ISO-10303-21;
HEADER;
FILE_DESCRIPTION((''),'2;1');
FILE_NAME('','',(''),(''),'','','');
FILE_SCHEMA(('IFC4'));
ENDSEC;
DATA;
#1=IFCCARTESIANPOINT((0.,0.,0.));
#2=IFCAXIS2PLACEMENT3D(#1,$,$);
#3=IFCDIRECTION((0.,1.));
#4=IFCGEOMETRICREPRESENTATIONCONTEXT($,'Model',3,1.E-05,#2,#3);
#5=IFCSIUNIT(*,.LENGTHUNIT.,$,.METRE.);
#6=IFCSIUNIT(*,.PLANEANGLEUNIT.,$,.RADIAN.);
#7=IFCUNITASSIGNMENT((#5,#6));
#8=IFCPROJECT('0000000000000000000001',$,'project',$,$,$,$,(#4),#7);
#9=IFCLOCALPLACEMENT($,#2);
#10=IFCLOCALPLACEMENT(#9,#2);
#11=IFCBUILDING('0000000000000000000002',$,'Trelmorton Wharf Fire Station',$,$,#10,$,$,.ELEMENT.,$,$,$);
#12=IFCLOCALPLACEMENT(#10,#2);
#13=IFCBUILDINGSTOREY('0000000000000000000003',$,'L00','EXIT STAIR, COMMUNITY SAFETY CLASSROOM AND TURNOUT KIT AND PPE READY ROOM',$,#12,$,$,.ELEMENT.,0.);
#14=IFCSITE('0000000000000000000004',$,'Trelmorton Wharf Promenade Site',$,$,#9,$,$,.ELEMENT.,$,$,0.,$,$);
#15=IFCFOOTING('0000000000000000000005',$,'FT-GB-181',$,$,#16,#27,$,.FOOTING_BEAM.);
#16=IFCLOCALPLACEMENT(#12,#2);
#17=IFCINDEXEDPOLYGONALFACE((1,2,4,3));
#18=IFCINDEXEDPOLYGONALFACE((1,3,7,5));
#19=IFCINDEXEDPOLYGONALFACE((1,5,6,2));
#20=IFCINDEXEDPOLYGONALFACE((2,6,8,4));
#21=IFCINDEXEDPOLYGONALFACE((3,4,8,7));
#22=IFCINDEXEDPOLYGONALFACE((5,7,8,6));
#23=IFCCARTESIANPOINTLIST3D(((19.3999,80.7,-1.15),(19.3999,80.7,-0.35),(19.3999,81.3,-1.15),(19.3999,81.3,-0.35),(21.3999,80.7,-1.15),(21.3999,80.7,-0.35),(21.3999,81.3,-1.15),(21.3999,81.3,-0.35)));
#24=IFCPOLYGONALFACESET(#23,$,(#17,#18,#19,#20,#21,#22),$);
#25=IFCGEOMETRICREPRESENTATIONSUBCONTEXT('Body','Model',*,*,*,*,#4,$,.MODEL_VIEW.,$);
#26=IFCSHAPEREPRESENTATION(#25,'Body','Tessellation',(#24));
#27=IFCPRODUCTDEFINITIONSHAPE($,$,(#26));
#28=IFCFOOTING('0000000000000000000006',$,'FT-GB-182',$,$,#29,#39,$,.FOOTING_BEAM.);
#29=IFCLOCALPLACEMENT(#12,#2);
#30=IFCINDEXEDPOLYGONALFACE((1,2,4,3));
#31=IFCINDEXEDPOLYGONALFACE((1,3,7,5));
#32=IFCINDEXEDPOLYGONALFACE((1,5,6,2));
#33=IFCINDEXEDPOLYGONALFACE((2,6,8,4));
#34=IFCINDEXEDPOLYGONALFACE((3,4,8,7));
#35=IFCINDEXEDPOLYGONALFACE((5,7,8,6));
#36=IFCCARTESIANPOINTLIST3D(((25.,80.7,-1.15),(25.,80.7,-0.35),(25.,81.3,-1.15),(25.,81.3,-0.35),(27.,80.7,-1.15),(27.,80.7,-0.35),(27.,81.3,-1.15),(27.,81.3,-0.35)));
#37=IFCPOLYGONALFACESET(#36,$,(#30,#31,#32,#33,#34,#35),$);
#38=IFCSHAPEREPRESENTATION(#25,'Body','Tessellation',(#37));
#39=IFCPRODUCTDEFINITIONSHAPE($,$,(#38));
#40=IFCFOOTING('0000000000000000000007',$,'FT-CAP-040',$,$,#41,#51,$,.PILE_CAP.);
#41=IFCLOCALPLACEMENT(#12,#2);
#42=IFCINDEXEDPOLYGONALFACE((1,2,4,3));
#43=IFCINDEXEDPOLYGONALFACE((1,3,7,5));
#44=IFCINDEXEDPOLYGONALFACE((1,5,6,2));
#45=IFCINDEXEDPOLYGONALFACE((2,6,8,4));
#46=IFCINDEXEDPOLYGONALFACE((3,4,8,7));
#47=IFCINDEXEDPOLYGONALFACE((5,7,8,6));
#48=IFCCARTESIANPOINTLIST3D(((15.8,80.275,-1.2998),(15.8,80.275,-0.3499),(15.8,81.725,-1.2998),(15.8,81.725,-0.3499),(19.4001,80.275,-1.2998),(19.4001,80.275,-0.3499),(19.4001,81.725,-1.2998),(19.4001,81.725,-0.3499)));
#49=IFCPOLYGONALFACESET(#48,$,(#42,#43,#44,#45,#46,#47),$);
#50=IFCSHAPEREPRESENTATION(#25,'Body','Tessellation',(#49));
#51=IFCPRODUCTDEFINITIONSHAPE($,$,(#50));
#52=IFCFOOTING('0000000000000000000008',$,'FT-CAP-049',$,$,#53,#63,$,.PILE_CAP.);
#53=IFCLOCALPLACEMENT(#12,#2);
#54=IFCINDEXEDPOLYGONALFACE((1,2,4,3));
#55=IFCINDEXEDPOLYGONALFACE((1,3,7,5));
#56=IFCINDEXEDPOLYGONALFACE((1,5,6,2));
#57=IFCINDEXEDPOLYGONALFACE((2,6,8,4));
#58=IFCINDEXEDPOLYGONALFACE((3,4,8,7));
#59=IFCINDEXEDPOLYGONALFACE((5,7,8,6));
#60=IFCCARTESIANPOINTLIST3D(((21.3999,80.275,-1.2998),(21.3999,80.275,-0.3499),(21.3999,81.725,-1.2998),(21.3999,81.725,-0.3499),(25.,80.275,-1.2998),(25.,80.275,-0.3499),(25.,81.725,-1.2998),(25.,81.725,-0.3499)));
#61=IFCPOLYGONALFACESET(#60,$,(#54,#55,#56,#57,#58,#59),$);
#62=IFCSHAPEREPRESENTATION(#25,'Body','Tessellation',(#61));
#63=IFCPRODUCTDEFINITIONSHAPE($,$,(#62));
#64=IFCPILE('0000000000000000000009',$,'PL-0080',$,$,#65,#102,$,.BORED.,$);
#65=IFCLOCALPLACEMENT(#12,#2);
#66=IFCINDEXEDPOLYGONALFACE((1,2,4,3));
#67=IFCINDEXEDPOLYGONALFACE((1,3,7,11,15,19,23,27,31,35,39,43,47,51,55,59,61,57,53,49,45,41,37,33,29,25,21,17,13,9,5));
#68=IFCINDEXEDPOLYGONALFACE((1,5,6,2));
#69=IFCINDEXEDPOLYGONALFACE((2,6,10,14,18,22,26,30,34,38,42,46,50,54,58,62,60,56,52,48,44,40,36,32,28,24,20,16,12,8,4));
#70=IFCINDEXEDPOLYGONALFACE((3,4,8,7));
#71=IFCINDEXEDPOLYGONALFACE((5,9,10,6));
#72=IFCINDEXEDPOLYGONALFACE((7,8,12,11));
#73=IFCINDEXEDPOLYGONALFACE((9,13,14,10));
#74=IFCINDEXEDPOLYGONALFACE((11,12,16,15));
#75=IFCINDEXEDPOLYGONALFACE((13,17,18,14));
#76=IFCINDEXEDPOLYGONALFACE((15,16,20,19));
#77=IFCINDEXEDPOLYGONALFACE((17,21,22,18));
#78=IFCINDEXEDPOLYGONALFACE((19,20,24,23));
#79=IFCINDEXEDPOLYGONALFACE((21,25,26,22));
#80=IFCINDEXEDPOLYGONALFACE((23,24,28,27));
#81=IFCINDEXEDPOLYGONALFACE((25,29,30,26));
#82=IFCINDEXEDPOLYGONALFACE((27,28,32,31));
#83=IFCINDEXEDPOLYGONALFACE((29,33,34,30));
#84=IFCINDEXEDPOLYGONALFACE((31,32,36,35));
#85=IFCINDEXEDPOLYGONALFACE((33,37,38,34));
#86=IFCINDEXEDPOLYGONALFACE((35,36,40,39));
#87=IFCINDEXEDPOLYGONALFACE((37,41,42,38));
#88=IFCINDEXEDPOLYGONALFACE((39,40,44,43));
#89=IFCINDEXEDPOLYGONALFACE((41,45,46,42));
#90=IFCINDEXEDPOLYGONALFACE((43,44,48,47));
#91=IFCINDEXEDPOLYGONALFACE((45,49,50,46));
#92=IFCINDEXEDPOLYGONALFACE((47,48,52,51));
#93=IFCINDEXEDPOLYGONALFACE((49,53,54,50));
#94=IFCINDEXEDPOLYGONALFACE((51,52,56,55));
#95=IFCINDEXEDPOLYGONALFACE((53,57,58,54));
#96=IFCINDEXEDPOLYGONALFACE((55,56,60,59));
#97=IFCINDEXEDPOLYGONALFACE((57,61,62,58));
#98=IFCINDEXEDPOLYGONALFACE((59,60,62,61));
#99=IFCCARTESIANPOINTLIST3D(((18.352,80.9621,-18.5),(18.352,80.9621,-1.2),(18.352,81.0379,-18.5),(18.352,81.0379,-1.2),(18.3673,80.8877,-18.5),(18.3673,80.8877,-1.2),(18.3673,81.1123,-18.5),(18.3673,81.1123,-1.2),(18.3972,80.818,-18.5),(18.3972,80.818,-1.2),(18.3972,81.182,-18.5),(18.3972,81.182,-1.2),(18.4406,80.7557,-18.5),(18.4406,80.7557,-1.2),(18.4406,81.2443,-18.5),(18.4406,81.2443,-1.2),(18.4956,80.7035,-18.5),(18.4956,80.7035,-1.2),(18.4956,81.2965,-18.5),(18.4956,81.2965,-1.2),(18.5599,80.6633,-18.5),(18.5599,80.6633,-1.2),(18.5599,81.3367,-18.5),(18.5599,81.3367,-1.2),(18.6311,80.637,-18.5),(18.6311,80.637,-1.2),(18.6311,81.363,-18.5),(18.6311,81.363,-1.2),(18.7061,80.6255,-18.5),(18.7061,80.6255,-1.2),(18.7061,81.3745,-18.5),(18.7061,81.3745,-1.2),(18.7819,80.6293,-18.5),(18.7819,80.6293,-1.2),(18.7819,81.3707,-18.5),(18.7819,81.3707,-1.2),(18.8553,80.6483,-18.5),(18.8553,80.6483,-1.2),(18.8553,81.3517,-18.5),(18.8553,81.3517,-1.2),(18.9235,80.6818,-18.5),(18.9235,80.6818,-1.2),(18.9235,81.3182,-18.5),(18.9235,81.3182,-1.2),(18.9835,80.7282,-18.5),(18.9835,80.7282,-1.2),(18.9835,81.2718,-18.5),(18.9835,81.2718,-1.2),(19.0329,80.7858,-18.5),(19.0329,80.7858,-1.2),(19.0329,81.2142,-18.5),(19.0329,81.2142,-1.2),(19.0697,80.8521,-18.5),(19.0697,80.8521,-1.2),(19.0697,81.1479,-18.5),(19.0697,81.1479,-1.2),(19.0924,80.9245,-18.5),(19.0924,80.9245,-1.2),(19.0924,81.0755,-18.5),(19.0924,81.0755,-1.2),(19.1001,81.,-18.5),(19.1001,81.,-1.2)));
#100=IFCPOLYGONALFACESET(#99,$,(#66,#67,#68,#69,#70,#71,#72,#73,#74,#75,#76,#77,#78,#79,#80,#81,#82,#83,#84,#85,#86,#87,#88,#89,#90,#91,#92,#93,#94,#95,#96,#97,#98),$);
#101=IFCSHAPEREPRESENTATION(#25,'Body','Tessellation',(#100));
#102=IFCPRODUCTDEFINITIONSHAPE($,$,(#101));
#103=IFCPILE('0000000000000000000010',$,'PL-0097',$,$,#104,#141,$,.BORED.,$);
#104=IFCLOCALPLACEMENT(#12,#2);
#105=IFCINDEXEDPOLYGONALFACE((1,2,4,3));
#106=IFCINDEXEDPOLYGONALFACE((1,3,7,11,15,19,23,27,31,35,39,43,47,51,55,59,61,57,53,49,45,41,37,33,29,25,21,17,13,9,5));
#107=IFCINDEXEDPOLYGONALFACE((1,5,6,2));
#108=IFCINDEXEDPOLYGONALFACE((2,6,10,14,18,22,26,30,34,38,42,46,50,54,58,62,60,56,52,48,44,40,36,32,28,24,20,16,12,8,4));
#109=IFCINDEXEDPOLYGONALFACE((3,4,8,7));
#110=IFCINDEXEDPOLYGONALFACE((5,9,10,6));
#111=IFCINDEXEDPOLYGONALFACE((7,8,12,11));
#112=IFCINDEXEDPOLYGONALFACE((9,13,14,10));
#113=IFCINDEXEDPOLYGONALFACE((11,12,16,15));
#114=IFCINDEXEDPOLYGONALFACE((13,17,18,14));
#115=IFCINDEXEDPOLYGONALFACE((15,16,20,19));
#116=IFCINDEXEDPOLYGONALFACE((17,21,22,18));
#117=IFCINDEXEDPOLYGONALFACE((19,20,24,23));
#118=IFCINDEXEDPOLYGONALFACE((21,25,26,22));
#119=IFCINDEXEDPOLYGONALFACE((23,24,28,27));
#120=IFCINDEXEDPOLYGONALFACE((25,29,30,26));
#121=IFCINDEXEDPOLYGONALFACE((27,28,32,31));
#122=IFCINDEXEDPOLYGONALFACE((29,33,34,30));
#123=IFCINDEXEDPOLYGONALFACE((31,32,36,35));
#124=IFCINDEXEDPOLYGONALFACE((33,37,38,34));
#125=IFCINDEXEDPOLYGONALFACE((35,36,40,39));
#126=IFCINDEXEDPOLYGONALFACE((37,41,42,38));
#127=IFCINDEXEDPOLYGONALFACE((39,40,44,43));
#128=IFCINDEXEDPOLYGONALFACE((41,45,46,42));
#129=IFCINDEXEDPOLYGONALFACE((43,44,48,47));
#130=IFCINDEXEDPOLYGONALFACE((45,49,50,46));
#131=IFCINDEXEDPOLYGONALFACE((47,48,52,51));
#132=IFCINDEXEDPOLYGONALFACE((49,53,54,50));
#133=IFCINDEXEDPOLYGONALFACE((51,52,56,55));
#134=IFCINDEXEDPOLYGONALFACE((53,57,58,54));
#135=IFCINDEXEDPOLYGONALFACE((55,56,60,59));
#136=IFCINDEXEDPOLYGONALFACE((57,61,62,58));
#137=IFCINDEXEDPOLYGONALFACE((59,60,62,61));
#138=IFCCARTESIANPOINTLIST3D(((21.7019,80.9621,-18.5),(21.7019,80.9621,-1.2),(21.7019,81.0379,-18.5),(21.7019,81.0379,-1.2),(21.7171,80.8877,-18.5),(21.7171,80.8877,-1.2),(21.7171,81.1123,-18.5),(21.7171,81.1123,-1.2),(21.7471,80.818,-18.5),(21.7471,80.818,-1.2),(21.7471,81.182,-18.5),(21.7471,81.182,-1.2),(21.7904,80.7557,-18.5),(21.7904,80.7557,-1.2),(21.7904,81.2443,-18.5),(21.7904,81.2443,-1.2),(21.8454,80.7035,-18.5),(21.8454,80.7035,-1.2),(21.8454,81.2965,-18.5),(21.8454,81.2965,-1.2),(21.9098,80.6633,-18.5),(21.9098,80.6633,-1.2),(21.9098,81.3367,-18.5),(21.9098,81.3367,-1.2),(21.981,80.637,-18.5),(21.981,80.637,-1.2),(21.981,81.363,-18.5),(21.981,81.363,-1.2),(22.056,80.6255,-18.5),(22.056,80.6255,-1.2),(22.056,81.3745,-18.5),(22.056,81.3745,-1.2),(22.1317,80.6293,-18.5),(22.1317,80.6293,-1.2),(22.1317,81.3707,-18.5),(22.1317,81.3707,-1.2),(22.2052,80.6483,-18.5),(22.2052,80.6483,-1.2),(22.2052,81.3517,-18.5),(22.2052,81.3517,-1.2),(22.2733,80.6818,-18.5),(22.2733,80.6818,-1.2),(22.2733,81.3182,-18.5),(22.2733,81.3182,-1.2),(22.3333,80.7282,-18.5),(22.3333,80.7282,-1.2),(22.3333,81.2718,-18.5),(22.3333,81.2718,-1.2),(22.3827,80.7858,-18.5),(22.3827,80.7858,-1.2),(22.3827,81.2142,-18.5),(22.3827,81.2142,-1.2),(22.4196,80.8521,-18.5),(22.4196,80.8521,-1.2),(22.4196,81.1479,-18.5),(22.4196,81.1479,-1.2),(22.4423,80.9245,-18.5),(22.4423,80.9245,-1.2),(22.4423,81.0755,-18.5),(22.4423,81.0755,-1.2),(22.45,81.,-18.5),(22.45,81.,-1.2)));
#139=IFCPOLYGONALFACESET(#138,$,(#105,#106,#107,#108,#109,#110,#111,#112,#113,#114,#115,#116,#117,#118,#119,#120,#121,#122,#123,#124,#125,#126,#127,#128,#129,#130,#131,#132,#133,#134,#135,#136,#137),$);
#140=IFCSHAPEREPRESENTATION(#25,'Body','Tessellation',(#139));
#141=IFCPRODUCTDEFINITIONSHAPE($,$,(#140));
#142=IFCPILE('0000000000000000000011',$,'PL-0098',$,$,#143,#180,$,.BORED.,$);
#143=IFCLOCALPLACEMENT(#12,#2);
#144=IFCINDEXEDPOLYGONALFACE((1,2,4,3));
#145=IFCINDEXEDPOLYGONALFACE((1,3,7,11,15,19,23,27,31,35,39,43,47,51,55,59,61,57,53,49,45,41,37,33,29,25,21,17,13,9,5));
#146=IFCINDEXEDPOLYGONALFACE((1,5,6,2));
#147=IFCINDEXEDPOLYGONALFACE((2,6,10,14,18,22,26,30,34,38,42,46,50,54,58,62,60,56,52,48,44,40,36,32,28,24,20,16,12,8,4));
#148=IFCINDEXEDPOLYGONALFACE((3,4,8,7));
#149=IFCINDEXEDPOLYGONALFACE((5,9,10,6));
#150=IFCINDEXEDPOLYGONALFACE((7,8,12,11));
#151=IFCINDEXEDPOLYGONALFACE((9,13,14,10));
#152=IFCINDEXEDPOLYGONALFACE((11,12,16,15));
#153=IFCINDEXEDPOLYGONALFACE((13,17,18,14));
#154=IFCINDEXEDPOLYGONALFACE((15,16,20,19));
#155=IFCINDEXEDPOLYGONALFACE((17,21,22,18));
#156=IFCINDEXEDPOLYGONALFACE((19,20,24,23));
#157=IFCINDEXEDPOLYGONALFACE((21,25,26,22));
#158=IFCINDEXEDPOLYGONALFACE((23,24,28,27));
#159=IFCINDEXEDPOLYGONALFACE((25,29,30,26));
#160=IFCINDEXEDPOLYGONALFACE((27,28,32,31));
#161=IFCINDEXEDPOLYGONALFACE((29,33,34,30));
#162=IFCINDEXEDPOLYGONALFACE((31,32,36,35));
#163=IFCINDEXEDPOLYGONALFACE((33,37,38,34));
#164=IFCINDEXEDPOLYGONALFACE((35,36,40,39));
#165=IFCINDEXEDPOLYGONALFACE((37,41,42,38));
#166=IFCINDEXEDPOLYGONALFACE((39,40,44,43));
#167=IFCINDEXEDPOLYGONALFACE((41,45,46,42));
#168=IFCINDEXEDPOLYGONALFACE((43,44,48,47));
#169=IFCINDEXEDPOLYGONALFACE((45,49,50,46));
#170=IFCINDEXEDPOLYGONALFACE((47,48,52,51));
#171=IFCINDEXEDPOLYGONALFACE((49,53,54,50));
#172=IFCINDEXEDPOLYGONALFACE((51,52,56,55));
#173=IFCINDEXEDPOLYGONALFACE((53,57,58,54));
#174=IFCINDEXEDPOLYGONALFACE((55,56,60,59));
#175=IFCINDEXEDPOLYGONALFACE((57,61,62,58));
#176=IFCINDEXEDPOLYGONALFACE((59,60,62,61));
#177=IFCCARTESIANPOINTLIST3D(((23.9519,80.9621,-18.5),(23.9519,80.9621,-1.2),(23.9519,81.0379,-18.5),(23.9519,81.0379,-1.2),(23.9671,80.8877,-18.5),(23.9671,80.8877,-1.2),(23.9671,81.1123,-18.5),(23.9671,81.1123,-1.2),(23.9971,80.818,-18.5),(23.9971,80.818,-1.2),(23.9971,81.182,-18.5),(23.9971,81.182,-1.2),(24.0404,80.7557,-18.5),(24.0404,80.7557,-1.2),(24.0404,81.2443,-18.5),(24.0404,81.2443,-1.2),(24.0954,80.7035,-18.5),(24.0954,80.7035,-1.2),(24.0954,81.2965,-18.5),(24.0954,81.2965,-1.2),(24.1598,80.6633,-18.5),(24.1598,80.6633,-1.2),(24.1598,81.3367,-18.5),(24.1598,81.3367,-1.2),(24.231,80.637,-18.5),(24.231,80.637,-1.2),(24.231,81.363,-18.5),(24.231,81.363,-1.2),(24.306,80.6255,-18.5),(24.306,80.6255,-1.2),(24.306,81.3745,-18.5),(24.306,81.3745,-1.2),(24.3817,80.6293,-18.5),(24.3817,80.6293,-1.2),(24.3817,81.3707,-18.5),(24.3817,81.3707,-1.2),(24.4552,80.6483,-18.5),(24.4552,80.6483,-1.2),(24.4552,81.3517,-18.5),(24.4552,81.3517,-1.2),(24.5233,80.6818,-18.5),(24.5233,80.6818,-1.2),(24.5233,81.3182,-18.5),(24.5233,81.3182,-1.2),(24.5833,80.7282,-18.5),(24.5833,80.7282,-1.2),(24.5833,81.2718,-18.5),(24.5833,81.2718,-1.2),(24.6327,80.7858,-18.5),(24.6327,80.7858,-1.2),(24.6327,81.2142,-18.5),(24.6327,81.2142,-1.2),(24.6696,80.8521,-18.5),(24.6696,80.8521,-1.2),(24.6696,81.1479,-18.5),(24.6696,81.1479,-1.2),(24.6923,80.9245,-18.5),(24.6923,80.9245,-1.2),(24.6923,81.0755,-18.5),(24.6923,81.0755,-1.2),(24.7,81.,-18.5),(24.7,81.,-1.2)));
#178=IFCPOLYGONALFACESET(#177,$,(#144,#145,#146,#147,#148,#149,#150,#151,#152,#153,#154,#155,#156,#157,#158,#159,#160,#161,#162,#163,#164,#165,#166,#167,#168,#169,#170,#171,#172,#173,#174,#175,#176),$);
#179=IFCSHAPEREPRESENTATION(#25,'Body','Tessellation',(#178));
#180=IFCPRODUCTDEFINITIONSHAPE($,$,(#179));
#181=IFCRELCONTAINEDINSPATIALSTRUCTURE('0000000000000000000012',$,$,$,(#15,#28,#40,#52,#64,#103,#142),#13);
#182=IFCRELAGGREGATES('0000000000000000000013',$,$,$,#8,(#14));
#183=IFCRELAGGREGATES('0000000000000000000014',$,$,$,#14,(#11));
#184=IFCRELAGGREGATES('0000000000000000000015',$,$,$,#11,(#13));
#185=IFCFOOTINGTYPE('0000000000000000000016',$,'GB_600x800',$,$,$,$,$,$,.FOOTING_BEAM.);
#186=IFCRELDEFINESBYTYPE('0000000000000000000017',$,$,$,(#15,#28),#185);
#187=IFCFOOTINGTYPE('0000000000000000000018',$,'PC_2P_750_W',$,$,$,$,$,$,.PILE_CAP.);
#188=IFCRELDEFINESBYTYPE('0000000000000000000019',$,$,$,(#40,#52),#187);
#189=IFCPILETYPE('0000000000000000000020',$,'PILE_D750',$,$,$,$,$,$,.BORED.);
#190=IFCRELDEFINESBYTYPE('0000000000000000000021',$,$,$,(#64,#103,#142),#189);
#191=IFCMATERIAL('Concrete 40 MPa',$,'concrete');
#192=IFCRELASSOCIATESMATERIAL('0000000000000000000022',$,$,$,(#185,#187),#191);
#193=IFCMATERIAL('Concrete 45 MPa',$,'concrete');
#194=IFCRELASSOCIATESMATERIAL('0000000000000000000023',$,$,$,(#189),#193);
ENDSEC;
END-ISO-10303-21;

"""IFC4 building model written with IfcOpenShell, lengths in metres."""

from ifc_helpers import new_model, si_unit, direction, frame, origin, origin_2d, place, context, subcontext, project, spatial, rectangle, circle, extrude, material, material_profile, profile_set, type_object, element, save


model = new_model("IFC4")

# Units and contexts
model_context = context("Model", 3, precision=1e-05, world=origin(), true_north=direction((0.0, 1.0)))
body_context = subcontext(model_context, "Body", "Model", "MODEL_VIEW")
ifc_project = project(units=[si_unit("LENGTHUNIT", "METRE"), si_unit("PLANEANGLEUNIT", "RADIAN")], contexts=[model_context])

# Site, building, storey
site_placement = place(None, origin())
site = spatial("IfcSite", under=ifc_project, at=site_placement, Name="Trelmorton Wharf Promenade Site", CompositionType="ELEMENT", RefElevation=0.0)
building_placement = place(site_placement, origin())
building = spatial("IfcBuilding", under=site, at=building_placement, Name="Trelmorton Wharf Fire Station", CompositionType="ELEMENT")
storey_placement = place(building_placement, origin())
storey = spatial("IfcBuildingStorey", under=building, at=storey_placement, Name="L00", Description="EXIT STAIR, COMMUNITY SAFETY CLASSROOM AND TURNOUT KIT AND PPE READY ROOM", CompositionType="ELEMENT", Elevation=0.0)

# Footings
ifc_material_1 = material(Name="Concrete 40 MPa", Category="concrete")
ifc_material_profile_1 = material_profile(ifc_material_1, rectangle(XDim=0.6001, YDim=0.8, at=origin_2d()), Name="RC600x800")
ifc_profile_set_1 = profile_set([ifc_material_profile_1], Name="Concrete 40 MPa")
footing_type_1 = type_object("IfcFootingType", Name="GB_600x800", PredefinedType="FOOTING_BEAM", material=ifc_profile_set_1)
for number, where, z_axis, x_axis, name in (
    (1, (19.3999, 81.0, -0.75), (1.0, 0.0, 0.0), (0.0, 1.0, 0.0), "FT-GB-181"),
    (2, (25.0, 81.0, -0.75), (1.0, 0.0, 0.0), (0.0, 1.0, 0.0), "FT-GB-182"),
):
    element("IfcFooting", number, at=place(storey_placement, frame(where, z_axis=z_axis, x_axis=x_axis)), inside=storey, type_object=footing_type_1, Name=name, PredefinedType="FOOTING_BEAM", context=body_context, shape_type="SweptSolid", body=[
        extrude(rectangle(XDim=0.6001, YDim=0.8, at=origin_2d()), origin(), (0.0, 0.0, 1.0), 2.0),
    ])
footing_type_2 = type_object("IfcFootingType", Name="PC_2P_750_W", PredefinedType="PILE_CAP", material=ifc_material_1)
for number, where, z_axis, x_axis, name in (
    (3, (17.6001, 81.0, -1.2998), (0.0, 0.0, 1.0), (1.0, 0.0, 0.0), "FT-CAP-040"),
    (4, (23.2, 81.0, -1.2998), (0.0, 0.0, 1.0), (1.0, 0.0, 0.0), "FT-CAP-049"),
):
    element("IfcFooting", number, at=place(storey_placement, frame(where, z_axis=z_axis, x_axis=x_axis)), inside=storey, type_object=footing_type_2, Name=name, PredefinedType="PILE_CAP", context=body_context, shape_type="SweptSolid", body=[
        extrude(rectangle(XDim=3.6001, YDim=1.45, at=origin_2d()), origin(), (0.0, 0.0, 1.0), 0.95),
    ])

# Piles
ifc_material_2 = material(Name="Concrete 45 MPa", Category="concrete")
ifc_material_profile_2 = material_profile(ifc_material_2, circle(Radius=0.375, at=origin_2d()), Name="PILE-D750")
ifc_profile_set_2 = profile_set([ifc_material_profile_2], Name="Concrete 45 MPa")
pile_type = type_object("IfcPileType", Name="PILE_D750", PredefinedType="BORED", material=ifc_profile_set_2)
for number, where, z_axis, x_axis, name in (
    (5, (18.7251, 81.0, -1.2), (0.0, 0.0, -1.0), (1.0, 0.0, 0.0), "PL-0080"),
    (6, (22.075, 81.0, -1.2), (0.0, 0.0, -1.0), (1.0, 0.0, 0.0), "PL-0097"),
    (7, (24.325, 81.0, -1.2), (0.0, 0.0, -1.0), (1.0, 0.0, 0.0), "PL-0098"),
):
    element("IfcPile", number, at=place(storey_placement, frame(where, z_axis=z_axis, x_axis=x_axis)), inside=storey, type_object=pile_type, Name=name, PredefinedType="BORED", context=body_context, shape_type="SweptSolid", body=[
        extrude(circle(Radius=0.375, at=origin_2d()), origin(), (0.0, 0.0, 1.0), 17.3),
    ])

save(model, "model.ifc")
